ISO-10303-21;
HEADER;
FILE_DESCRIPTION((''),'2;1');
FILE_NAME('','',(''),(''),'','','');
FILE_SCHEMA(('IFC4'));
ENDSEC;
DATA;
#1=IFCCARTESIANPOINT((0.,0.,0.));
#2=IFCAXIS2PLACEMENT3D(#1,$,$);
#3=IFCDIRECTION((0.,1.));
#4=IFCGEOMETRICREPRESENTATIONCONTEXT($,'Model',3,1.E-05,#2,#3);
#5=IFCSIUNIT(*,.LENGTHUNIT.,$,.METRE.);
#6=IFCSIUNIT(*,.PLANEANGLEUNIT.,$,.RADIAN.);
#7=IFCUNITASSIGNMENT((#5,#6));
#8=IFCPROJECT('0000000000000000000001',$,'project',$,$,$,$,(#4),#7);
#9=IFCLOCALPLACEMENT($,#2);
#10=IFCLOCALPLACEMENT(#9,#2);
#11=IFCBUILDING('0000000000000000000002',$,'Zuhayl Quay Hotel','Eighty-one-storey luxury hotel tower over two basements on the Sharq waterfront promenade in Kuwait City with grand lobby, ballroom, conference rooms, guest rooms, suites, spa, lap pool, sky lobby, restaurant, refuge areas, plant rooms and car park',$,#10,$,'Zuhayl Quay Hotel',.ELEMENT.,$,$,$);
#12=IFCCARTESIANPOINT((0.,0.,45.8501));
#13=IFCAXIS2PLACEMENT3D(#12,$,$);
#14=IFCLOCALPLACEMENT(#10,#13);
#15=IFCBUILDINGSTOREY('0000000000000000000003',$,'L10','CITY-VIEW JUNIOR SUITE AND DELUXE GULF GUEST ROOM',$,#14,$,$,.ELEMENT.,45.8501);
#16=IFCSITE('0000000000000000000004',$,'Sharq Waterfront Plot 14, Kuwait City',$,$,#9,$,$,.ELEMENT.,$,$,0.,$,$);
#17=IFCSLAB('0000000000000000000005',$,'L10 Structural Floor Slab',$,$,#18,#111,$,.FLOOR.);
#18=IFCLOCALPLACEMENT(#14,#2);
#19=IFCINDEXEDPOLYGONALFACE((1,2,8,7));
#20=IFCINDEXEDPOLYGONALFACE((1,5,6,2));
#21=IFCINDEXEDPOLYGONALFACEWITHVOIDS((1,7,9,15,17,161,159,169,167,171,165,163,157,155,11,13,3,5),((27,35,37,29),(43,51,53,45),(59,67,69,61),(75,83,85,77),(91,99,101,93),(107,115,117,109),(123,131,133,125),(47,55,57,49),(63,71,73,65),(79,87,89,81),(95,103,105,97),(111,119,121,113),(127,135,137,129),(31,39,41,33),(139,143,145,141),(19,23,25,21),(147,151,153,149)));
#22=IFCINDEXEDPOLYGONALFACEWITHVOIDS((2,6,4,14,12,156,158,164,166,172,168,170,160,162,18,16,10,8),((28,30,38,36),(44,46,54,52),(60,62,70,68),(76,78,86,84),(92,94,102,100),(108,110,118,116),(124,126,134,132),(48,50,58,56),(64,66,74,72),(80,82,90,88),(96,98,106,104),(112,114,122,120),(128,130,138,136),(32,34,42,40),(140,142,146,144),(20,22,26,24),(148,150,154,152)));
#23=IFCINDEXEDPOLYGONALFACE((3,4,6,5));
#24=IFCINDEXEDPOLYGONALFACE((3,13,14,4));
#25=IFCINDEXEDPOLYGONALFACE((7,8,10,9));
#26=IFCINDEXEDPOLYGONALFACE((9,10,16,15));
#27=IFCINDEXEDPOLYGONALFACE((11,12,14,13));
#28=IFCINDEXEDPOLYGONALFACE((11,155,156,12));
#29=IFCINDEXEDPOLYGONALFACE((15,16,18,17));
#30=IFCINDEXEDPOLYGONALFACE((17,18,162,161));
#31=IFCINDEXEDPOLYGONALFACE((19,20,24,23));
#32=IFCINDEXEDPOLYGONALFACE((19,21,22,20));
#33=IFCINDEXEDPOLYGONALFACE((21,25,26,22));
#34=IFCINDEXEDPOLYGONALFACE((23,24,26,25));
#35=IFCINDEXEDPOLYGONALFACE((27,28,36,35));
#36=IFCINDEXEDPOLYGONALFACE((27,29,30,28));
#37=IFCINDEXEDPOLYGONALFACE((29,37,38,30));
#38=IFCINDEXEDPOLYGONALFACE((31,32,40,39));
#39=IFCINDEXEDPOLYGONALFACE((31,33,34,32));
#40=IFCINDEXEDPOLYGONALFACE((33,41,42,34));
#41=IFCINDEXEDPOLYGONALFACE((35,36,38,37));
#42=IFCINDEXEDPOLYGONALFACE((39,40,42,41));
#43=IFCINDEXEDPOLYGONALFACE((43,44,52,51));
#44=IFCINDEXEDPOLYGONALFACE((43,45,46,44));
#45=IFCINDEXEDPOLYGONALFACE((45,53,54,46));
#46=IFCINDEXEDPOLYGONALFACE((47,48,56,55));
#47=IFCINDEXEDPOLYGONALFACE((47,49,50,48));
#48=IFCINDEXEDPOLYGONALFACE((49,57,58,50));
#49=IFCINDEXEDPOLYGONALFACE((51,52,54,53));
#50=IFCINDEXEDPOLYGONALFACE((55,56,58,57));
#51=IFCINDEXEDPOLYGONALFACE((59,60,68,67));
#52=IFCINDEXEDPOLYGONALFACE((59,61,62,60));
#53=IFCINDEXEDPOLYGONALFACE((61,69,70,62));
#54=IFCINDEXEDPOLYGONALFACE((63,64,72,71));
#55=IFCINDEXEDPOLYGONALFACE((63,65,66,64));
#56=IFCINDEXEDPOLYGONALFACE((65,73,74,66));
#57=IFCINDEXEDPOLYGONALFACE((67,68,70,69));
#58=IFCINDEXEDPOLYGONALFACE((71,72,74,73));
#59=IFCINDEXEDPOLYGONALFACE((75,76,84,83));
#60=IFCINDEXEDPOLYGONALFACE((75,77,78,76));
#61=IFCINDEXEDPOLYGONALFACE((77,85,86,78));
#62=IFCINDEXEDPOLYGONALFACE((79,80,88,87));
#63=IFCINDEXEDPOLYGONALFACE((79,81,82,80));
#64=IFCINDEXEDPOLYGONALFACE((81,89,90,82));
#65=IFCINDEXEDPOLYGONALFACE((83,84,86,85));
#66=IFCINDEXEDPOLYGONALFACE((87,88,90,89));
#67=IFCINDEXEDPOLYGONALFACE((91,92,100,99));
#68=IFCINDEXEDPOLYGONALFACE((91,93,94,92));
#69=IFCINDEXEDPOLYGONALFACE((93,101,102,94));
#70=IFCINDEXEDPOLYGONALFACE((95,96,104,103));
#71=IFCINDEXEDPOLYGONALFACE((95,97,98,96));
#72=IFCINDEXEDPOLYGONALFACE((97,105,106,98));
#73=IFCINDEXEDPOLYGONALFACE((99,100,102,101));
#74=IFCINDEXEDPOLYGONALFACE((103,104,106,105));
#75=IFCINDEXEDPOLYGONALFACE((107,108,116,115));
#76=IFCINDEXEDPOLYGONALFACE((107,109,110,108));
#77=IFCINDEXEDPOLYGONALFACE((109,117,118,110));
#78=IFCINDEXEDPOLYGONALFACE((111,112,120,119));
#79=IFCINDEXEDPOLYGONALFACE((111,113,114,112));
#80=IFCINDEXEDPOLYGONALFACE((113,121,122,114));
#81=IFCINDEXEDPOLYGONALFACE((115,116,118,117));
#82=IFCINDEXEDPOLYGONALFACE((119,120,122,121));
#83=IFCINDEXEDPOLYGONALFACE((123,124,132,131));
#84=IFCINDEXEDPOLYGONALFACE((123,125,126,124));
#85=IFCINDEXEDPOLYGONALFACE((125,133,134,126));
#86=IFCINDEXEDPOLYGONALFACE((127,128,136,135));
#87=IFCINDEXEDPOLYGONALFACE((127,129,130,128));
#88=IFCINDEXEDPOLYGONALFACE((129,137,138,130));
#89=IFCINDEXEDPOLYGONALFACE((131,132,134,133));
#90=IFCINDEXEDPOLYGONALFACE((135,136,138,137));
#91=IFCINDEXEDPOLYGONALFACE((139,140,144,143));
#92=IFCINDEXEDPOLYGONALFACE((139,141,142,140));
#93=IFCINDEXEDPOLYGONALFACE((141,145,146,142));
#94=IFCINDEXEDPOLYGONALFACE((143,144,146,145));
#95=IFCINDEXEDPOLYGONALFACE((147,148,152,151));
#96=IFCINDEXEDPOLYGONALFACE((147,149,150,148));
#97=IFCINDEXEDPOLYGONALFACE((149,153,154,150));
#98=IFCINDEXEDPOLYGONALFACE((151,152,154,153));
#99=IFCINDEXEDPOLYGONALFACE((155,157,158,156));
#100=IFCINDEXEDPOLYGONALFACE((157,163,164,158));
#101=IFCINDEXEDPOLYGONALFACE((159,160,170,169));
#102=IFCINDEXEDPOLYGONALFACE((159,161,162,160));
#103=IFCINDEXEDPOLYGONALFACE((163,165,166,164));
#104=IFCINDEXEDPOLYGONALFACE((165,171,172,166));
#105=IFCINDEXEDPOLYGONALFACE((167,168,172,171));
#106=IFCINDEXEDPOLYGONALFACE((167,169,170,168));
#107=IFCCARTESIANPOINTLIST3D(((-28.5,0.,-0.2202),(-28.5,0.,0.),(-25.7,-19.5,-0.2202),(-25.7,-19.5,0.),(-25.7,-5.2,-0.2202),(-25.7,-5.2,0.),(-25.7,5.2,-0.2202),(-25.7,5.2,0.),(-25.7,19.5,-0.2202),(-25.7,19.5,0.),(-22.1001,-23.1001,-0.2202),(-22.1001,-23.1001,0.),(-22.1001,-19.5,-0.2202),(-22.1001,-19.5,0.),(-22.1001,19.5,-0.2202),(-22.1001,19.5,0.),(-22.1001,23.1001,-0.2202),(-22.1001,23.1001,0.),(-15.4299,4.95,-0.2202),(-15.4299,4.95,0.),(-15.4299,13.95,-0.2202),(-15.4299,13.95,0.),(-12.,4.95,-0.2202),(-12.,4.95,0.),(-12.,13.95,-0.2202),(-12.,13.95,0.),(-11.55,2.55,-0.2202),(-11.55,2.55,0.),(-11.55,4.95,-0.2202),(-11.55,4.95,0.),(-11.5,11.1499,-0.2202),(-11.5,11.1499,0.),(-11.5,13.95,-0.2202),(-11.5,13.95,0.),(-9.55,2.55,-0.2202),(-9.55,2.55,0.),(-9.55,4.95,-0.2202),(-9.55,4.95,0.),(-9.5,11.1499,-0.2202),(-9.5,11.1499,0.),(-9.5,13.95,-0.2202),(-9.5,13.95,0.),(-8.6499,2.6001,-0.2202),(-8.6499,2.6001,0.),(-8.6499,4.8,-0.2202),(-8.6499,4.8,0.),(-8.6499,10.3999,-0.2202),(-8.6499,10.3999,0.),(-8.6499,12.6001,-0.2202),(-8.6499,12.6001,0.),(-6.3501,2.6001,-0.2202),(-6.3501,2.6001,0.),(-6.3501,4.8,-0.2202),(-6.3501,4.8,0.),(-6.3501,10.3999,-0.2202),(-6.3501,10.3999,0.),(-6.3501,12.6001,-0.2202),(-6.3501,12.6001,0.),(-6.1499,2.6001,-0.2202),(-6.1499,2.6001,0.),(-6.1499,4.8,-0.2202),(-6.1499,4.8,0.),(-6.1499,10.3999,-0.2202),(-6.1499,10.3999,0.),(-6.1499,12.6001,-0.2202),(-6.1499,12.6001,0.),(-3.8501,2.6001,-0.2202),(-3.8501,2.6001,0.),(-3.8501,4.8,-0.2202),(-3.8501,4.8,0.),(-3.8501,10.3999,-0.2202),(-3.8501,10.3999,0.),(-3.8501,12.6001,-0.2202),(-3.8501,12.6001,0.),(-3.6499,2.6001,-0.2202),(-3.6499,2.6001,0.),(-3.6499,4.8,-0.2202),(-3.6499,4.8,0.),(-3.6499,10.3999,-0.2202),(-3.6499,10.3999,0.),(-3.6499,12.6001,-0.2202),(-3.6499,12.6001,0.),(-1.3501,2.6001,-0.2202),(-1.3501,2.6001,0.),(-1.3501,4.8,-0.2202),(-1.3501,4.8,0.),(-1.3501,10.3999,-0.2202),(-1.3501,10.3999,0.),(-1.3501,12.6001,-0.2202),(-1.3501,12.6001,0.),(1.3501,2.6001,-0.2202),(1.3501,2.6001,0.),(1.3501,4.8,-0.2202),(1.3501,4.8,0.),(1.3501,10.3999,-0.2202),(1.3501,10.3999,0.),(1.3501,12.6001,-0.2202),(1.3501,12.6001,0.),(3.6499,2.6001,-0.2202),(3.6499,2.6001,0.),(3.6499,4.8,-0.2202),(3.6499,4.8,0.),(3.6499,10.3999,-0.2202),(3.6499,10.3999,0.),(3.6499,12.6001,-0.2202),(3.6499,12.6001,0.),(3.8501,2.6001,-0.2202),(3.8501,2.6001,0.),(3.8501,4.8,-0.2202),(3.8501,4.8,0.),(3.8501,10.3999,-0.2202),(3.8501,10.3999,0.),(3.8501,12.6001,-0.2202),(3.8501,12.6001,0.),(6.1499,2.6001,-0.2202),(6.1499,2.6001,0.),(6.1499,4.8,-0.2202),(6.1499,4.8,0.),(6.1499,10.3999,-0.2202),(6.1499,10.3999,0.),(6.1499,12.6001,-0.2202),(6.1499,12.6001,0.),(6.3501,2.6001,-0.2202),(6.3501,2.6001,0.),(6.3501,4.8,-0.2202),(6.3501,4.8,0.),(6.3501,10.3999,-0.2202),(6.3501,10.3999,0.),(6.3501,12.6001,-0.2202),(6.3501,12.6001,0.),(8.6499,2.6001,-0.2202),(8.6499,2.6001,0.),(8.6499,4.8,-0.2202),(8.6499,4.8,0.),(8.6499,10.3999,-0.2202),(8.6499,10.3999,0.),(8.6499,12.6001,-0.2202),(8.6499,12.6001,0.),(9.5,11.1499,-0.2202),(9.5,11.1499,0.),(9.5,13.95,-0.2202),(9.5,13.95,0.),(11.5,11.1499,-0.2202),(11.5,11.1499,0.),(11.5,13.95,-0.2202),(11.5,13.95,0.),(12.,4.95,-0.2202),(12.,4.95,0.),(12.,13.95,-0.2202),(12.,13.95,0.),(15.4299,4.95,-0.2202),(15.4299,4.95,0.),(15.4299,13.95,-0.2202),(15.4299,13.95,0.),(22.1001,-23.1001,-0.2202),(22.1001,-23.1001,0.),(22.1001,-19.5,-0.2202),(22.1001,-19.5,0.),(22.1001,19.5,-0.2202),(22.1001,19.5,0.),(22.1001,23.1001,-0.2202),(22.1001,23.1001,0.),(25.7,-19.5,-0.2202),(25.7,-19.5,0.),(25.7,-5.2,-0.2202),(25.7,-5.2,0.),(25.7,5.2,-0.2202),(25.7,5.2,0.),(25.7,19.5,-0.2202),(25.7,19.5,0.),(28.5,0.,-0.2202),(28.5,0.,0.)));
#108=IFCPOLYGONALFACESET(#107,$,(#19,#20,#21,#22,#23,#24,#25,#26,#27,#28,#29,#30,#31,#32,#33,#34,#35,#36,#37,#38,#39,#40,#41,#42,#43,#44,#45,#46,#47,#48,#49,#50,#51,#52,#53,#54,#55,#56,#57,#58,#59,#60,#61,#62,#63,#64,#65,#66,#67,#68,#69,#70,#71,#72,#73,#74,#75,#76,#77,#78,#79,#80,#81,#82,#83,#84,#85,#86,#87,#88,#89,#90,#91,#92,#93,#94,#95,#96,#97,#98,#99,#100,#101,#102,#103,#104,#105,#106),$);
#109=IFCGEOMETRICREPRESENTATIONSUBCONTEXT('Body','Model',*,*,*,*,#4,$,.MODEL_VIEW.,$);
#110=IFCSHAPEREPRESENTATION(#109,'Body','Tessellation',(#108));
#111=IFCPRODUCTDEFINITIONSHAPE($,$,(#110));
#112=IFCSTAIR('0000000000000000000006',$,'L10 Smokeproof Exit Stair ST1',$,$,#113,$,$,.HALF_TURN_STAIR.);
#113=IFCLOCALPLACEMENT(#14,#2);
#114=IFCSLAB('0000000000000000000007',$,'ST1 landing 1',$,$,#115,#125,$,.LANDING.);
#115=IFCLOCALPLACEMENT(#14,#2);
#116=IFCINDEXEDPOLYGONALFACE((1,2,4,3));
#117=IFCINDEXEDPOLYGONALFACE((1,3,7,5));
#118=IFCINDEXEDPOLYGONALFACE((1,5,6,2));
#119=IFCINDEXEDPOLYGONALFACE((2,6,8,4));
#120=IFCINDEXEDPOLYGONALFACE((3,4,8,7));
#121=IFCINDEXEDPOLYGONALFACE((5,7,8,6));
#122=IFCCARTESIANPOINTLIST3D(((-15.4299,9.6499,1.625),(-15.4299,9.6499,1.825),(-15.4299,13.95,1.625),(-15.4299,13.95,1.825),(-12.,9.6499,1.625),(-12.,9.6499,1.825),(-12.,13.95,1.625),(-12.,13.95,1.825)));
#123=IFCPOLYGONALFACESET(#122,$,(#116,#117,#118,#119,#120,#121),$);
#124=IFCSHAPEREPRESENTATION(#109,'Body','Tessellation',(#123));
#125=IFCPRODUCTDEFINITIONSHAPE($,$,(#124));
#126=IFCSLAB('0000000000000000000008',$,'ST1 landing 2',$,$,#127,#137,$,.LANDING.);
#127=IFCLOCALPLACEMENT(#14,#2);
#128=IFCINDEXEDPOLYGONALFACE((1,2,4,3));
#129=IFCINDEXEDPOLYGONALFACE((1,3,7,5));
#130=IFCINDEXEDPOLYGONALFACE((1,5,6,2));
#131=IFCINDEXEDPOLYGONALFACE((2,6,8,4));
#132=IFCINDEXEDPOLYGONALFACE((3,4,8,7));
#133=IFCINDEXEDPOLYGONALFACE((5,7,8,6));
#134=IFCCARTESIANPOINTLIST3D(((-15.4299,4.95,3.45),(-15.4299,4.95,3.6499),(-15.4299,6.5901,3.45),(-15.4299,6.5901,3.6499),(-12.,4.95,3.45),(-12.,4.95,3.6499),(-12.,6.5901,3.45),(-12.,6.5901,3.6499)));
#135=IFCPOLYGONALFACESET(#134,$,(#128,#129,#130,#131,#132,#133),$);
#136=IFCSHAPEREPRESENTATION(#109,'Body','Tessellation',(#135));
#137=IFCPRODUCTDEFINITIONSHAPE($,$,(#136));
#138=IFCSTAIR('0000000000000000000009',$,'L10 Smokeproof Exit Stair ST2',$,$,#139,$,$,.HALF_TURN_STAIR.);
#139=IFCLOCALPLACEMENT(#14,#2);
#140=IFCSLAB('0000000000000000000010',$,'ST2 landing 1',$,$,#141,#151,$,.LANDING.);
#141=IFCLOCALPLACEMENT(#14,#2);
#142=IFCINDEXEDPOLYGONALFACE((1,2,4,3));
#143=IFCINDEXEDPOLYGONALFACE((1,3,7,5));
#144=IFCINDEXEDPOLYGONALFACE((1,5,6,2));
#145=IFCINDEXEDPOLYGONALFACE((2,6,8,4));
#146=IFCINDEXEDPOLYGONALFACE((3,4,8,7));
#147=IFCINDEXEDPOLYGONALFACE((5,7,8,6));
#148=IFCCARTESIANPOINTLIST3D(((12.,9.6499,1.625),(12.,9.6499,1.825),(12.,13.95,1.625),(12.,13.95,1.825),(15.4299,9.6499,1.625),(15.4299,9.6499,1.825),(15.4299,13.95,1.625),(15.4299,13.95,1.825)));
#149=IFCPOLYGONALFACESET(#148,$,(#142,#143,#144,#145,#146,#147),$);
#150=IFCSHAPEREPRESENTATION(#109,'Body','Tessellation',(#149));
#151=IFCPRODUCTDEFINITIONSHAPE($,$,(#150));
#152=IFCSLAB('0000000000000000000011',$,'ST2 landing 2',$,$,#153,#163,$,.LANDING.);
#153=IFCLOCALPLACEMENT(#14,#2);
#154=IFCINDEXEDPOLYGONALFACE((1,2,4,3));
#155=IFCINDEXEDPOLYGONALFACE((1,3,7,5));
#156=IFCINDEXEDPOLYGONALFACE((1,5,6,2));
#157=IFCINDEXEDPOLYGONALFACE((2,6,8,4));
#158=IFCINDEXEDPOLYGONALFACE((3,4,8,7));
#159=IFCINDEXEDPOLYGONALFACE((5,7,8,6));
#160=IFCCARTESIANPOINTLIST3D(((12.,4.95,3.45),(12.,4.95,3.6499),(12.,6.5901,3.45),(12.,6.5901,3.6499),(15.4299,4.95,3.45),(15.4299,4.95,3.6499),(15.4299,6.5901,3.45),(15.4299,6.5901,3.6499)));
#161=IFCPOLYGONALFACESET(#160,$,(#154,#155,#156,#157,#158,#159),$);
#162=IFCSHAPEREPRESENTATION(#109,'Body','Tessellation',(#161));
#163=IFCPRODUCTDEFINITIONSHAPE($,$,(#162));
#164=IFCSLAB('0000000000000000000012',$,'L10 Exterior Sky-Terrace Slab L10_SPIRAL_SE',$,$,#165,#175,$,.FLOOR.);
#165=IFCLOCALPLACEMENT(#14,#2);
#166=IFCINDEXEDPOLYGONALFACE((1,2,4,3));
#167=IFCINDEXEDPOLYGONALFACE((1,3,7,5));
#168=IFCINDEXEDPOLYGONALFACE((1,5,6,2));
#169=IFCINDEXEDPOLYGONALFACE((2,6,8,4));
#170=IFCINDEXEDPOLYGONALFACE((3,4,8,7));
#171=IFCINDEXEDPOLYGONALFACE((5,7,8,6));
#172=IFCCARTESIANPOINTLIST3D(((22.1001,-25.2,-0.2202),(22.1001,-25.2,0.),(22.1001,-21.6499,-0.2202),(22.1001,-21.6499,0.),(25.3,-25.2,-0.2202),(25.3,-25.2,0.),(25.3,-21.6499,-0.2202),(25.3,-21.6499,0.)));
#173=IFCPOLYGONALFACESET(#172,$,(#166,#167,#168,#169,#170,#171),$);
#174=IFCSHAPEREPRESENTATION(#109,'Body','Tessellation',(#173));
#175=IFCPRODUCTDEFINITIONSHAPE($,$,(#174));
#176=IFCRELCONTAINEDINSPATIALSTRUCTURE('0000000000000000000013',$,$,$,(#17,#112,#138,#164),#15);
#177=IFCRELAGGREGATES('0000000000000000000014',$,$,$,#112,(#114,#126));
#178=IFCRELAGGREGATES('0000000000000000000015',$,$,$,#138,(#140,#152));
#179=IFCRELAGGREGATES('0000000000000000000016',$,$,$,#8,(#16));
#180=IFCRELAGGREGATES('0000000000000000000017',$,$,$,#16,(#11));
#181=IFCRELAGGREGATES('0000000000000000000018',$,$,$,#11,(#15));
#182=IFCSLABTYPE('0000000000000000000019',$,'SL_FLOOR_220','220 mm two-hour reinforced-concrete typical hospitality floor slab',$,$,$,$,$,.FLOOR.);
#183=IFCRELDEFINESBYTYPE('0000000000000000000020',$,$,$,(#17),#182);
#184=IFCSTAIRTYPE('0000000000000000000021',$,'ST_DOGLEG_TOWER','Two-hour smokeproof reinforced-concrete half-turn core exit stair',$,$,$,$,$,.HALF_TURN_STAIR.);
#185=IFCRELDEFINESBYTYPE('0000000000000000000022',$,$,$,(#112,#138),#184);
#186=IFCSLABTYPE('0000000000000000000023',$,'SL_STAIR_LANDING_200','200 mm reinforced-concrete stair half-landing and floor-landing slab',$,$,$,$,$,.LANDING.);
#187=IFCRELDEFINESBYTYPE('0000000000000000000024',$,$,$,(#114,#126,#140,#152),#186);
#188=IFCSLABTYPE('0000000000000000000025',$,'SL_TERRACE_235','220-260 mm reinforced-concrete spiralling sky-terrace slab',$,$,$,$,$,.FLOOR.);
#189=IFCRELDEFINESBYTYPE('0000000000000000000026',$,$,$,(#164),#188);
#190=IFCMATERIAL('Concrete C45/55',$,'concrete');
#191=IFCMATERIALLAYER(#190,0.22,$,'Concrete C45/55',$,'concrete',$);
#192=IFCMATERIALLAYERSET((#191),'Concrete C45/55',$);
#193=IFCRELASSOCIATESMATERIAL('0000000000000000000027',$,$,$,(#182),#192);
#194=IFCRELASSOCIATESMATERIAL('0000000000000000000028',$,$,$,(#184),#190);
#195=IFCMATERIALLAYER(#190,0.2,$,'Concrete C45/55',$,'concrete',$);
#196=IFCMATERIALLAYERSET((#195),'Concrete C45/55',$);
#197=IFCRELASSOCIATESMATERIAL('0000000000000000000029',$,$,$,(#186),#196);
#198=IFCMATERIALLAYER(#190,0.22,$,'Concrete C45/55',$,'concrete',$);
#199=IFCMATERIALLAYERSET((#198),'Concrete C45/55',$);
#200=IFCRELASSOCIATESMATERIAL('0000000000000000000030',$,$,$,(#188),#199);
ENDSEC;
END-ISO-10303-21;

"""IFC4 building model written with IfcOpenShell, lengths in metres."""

from ifc_helpers import new_model, si_unit, direction, frame, origin, place, context, subcontext, project, spatial, polyline, outline, extrude, material, layer, layer_set, type_object, element, aggregate, save


model = new_model("IFC4")

# Units and contexts
model_context = context("Model", 3, precision=1e-05, world=origin(), true_north=direction((0.0, 1.0)))
body_context = subcontext(model_context, "Body", "Model", "MODEL_VIEW")
ifc_project = project(units=[si_unit("LENGTHUNIT", "METRE"), si_unit("PLANEANGLEUNIT", "RADIAN")], contexts=[model_context])

# Site, building, storey
site_placement = place(None, origin())
site = spatial("IfcSite", under=ifc_project, at=site_placement, Name="Sharq Waterfront Plot 14, Kuwait City", CompositionType="ELEMENT", RefElevation=0.0)
building_placement = place(site_placement, origin())
building = spatial("IfcBuilding", under=site, at=building_placement, Name="Zuhayl Quay Hotel", Description="Eighty-one-storey luxury hotel tower over two basements on the Sharq waterfront promenade in Kuwait City with grand lobby, ballroom, conference rooms, guest rooms, suites, spa, lap pool, sky lobby, restaurant, refuge areas, plant rooms and car park", LongName="Zuhayl Quay Hotel", CompositionType="ELEMENT")
storey_placement = place(building_placement, frame((0.0, 0.0, 45.8501)))
storey = spatial("IfcBuildingStorey", under=building, at=storey_placement, Name="L10", Description="CITY-VIEW JUNIOR SUITE AND DELUXE GULF GUEST ROOM", CompositionType="ELEMENT", Elevation=45.8501)

# Slab
ifc_material_1 = material(Name="Concrete C45/55", Category="concrete")
ifc_layer_1 = layer(ifc_material_1, 0.22, Name="Concrete C45/55", Category="concrete")
ifc_layer_set_1 = layer_set([ifc_layer_1], Name="Concrete C45/55")
slab_type_1 = type_object("IfcSlabType", Name="SL_FLOOR_220", Description="220 mm two-hour reinforced-concrete typical hospitality floor slab", PredefinedType="FLOOR", material=ifc_layer_set_1)
slab_1_placement = place(storey_placement, frame((0.0, 0.0, -0.2202)))
element("IfcSlab", 1, at=slab_1_placement, inside=storey, type_object=slab_type_1, Name="L10 Structural Floor Slab", PredefinedType="FLOOR", context=body_context, shape_type="SweptSolid", body=[
    extrude(outline(polyline([(-22.1001, -23.1001), (22.1001, -23.1001), (22.1001, -19.5), (25.7, -19.5), (25.7, -5.2), (28.5, 0.0), (25.7, 5.2), (25.7, 19.5), (22.1001, 19.5), (22.1001, 23.1001), (-22.1001, 23.1001), (-22.1001, 19.5), (-25.7, 19.5), (-25.7, 5.2), (-28.5, 0.0), (-25.7, -5.2), (-25.7, -19.5), (-22.1001, -19.5), (-22.1001, -23.1001)]), holes=[polyline([(-12.0, 4.95), (-12.0, 13.95), (-15.4299, 13.95), (-15.4299, 4.95), (-12.0, 4.95)]), polyline([(15.4299, 4.95), (15.4299, 13.95), (12.0, 13.95), (12.0, 4.95), (15.4299, 4.95)]), polyline([(-11.5, 11.1499), (-9.5, 11.1499), (-9.5, 13.95), (-11.5, 13.95), (-11.5, 11.1499)]), polyline([(9.5, 11.1499), (11.5, 11.1499), (11.5, 13.95), (9.5, 13.95), (9.5, 11.1499)]), polyline([(-8.6499, 2.6001), (-6.3501, 2.6001), (-6.3501, 4.8), (-8.6499, 4.8), (-8.6499, 2.6001)]), polyline([(-6.1499, 2.6001), (-3.8501, 2.6001), (-3.8501, 4.8), (-6.1499, 4.8), (-6.1499, 2.6001)]), polyline([(-8.6499, 10.3999), (-6.3501, 10.3999), (-6.3501, 12.6001), (-8.6499, 12.6001), (-8.6499, 10.3999)]), polyline([(-6.1499, 10.3999), (-3.8501, 10.3999), (-3.8501, 12.6001), (-6.1499, 12.6001), (-6.1499, 10.3999)]), polyline([(-3.6499, 2.6001), (-1.3501, 2.6001), (-1.3501, 4.8), (-3.6499, 4.8), (-3.6499, 2.6001)]), polyline([(1.3501, 2.6001), (3.6499, 2.6001), (3.6499, 4.8), (1.3501, 4.8), (1.3501, 2.6001)]), polyline([(-3.6499, 10.3999), (-1.3501, 10.3999), (-1.3501, 12.6001), (-3.6499, 12.6001), (-3.6499, 10.3999)]), polyline([(1.3501, 10.3999), (3.6499, 10.3999), (3.6499, 12.6001), (1.3501, 12.6001), (1.3501, 10.3999)]), polyline([(3.8501, 2.6001), (6.1499, 2.6001), (6.1499, 4.8), (3.8501, 4.8), (3.8501, 2.6001)]), polyline([(6.3501, 2.6001), (8.6499, 2.6001), (8.6499, 4.8), (6.3501, 4.8), (6.3501, 2.6001)]), polyline([(3.8501, 10.3999), (6.1499, 10.3999), (6.1499, 12.6001), (3.8501, 12.6001), (3.8501, 10.3999)]), polyline([(6.3501, 10.3999), (8.6499, 10.3999), (8.6499, 12.6001), (6.3501, 12.6001), (6.3501, 10.3999)]), polyline([(-11.55, 2.55), (-9.55, 2.55), (-9.55, 4.95), (-11.55, 4.95), (-11.55, 2.55)])]), origin(), (0.0, 0.0, 1.0), 0.2202),
])

# Stairs, slabs
stair_type = type_object("IfcStairType", Name="ST_DOGLEG_TOWER", Description="Two-hour smokeproof reinforced-concrete half-turn core exit stair", PredefinedType="HALF_TURN_STAIR", material=ifc_material_1)
stair_1_placement = place(storey_placement, origin())
stair_1 = element("IfcStair", 2, at=stair_1_placement, inside=storey, type_object=stair_type, Name="L10 Smokeproof Exit Stair ST1", PredefinedType="HALF_TURN_STAIR")
ifc_layer_2 = layer(ifc_material_1, 0.2, Name="Concrete C45/55", Category="concrete")
ifc_layer_set_2 = layer_set([ifc_layer_2], Name="Concrete C45/55")
slab_type_2 = type_object("IfcSlabType", Name="SL_STAIR_LANDING_200", Description="200 mm reinforced-concrete stair half-landing and floor-landing slab", PredefinedType="LANDING", material=ifc_layer_set_2)
slab_2_placement = place(storey_placement, frame((0.0, 0.0, 1.625)))
slab_2 = element("IfcSlab", 3, at=slab_2_placement, type_object=slab_type_2, Name="ST1 landing 1", PredefinedType="LANDING", context=body_context, shape_type="SweptSolid", body=[
    extrude(outline(polyline([(-12.0, 9.6499), (-12.0, 13.95), (-15.4299, 13.95), (-15.4299, 9.6499), (-12.0, 9.6499)])), origin(), (0.0, 0.0, 1.0), 0.2),
])
slab_3_placement = place(storey_placement, frame((0.0, 0.0, 3.45)))
slab_3 = element("IfcSlab", 4, at=slab_3_placement, type_object=slab_type_2, Name="ST1 landing 2", PredefinedType="LANDING", context=body_context, shape_type="SweptSolid", body=[
    extrude(outline(polyline([(-12.0, 4.95), (-12.0, 6.5901), (-15.4299, 6.5901), (-15.4299, 4.95), (-12.0, 4.95)])), origin(), (0.0, 0.0, 1.0), 0.2),
])
aggregate(stair_1, [slab_2, slab_3])
stair_2_placement = place(storey_placement, origin())
stair_2 = element("IfcStair", 5, at=stair_2_placement, inside=storey, type_object=stair_type, Name="L10 Smokeproof Exit Stair ST2", PredefinedType="HALF_TURN_STAIR")
slab_4_placement = place(storey_placement, frame((0.0, 0.0, 1.625)))
slab_4 = element("IfcSlab", 6, at=slab_4_placement, type_object=slab_type_2, Name="ST2 landing 1", PredefinedType="LANDING", context=body_context, shape_type="SweptSolid", body=[
    extrude(outline(polyline([(15.4299, 9.6499), (15.4299, 13.95), (12.0, 13.95), (12.0, 9.6499), (15.4299, 9.6499)])), origin(), (0.0, 0.0, 1.0), 0.2),
])
slab_5_placement = place(storey_placement, frame((0.0, 0.0, 3.45)))
slab_5 = element("IfcSlab", 7, at=slab_5_placement, type_object=slab_type_2, Name="ST2 landing 2", PredefinedType="LANDING", context=body_context, shape_type="SweptSolid", body=[
    extrude(outline(polyline([(15.4299, 4.95), (15.4299, 6.5901), (12.0, 6.5901), (12.0, 4.95), (15.4299, 4.95)])), origin(), (0.0, 0.0, 1.0), 0.2),
])
aggregate(stair_2, [slab_4, slab_5])

# Slab
ifc_layer_3 = layer(ifc_material_1, 0.22, Name="Concrete C45/55", Category="concrete")
ifc_layer_set_3 = layer_set([ifc_layer_3], Name="Concrete C45/55")
slab_type_3 = type_object("IfcSlabType", Name="SL_TERRACE_235", Description="220-260 mm reinforced-concrete spiralling sky-terrace slab", PredefinedType="FLOOR", material=ifc_layer_set_3)
slab_6_placement = place(storey_placement, frame((0.0, 0.0, -0.2202)))
element("IfcSlab", 8, at=slab_6_placement, inside=storey, type_object=slab_type_3, Name="L10 Exterior Sky-Terrace Slab L10_SPIRAL_SE", PredefinedType="FLOOR", context=body_context, shape_type="SweptSolid", body=[
    extrude(outline(polyline([(22.1001, -25.2), (25.3, -25.2), (25.3, -21.6499), (22.1001, -21.6499), (22.1001, -25.2)])), origin(), (0.0, 0.0, 1.0), 0.2202),
])

save(model, "model.ifc")
